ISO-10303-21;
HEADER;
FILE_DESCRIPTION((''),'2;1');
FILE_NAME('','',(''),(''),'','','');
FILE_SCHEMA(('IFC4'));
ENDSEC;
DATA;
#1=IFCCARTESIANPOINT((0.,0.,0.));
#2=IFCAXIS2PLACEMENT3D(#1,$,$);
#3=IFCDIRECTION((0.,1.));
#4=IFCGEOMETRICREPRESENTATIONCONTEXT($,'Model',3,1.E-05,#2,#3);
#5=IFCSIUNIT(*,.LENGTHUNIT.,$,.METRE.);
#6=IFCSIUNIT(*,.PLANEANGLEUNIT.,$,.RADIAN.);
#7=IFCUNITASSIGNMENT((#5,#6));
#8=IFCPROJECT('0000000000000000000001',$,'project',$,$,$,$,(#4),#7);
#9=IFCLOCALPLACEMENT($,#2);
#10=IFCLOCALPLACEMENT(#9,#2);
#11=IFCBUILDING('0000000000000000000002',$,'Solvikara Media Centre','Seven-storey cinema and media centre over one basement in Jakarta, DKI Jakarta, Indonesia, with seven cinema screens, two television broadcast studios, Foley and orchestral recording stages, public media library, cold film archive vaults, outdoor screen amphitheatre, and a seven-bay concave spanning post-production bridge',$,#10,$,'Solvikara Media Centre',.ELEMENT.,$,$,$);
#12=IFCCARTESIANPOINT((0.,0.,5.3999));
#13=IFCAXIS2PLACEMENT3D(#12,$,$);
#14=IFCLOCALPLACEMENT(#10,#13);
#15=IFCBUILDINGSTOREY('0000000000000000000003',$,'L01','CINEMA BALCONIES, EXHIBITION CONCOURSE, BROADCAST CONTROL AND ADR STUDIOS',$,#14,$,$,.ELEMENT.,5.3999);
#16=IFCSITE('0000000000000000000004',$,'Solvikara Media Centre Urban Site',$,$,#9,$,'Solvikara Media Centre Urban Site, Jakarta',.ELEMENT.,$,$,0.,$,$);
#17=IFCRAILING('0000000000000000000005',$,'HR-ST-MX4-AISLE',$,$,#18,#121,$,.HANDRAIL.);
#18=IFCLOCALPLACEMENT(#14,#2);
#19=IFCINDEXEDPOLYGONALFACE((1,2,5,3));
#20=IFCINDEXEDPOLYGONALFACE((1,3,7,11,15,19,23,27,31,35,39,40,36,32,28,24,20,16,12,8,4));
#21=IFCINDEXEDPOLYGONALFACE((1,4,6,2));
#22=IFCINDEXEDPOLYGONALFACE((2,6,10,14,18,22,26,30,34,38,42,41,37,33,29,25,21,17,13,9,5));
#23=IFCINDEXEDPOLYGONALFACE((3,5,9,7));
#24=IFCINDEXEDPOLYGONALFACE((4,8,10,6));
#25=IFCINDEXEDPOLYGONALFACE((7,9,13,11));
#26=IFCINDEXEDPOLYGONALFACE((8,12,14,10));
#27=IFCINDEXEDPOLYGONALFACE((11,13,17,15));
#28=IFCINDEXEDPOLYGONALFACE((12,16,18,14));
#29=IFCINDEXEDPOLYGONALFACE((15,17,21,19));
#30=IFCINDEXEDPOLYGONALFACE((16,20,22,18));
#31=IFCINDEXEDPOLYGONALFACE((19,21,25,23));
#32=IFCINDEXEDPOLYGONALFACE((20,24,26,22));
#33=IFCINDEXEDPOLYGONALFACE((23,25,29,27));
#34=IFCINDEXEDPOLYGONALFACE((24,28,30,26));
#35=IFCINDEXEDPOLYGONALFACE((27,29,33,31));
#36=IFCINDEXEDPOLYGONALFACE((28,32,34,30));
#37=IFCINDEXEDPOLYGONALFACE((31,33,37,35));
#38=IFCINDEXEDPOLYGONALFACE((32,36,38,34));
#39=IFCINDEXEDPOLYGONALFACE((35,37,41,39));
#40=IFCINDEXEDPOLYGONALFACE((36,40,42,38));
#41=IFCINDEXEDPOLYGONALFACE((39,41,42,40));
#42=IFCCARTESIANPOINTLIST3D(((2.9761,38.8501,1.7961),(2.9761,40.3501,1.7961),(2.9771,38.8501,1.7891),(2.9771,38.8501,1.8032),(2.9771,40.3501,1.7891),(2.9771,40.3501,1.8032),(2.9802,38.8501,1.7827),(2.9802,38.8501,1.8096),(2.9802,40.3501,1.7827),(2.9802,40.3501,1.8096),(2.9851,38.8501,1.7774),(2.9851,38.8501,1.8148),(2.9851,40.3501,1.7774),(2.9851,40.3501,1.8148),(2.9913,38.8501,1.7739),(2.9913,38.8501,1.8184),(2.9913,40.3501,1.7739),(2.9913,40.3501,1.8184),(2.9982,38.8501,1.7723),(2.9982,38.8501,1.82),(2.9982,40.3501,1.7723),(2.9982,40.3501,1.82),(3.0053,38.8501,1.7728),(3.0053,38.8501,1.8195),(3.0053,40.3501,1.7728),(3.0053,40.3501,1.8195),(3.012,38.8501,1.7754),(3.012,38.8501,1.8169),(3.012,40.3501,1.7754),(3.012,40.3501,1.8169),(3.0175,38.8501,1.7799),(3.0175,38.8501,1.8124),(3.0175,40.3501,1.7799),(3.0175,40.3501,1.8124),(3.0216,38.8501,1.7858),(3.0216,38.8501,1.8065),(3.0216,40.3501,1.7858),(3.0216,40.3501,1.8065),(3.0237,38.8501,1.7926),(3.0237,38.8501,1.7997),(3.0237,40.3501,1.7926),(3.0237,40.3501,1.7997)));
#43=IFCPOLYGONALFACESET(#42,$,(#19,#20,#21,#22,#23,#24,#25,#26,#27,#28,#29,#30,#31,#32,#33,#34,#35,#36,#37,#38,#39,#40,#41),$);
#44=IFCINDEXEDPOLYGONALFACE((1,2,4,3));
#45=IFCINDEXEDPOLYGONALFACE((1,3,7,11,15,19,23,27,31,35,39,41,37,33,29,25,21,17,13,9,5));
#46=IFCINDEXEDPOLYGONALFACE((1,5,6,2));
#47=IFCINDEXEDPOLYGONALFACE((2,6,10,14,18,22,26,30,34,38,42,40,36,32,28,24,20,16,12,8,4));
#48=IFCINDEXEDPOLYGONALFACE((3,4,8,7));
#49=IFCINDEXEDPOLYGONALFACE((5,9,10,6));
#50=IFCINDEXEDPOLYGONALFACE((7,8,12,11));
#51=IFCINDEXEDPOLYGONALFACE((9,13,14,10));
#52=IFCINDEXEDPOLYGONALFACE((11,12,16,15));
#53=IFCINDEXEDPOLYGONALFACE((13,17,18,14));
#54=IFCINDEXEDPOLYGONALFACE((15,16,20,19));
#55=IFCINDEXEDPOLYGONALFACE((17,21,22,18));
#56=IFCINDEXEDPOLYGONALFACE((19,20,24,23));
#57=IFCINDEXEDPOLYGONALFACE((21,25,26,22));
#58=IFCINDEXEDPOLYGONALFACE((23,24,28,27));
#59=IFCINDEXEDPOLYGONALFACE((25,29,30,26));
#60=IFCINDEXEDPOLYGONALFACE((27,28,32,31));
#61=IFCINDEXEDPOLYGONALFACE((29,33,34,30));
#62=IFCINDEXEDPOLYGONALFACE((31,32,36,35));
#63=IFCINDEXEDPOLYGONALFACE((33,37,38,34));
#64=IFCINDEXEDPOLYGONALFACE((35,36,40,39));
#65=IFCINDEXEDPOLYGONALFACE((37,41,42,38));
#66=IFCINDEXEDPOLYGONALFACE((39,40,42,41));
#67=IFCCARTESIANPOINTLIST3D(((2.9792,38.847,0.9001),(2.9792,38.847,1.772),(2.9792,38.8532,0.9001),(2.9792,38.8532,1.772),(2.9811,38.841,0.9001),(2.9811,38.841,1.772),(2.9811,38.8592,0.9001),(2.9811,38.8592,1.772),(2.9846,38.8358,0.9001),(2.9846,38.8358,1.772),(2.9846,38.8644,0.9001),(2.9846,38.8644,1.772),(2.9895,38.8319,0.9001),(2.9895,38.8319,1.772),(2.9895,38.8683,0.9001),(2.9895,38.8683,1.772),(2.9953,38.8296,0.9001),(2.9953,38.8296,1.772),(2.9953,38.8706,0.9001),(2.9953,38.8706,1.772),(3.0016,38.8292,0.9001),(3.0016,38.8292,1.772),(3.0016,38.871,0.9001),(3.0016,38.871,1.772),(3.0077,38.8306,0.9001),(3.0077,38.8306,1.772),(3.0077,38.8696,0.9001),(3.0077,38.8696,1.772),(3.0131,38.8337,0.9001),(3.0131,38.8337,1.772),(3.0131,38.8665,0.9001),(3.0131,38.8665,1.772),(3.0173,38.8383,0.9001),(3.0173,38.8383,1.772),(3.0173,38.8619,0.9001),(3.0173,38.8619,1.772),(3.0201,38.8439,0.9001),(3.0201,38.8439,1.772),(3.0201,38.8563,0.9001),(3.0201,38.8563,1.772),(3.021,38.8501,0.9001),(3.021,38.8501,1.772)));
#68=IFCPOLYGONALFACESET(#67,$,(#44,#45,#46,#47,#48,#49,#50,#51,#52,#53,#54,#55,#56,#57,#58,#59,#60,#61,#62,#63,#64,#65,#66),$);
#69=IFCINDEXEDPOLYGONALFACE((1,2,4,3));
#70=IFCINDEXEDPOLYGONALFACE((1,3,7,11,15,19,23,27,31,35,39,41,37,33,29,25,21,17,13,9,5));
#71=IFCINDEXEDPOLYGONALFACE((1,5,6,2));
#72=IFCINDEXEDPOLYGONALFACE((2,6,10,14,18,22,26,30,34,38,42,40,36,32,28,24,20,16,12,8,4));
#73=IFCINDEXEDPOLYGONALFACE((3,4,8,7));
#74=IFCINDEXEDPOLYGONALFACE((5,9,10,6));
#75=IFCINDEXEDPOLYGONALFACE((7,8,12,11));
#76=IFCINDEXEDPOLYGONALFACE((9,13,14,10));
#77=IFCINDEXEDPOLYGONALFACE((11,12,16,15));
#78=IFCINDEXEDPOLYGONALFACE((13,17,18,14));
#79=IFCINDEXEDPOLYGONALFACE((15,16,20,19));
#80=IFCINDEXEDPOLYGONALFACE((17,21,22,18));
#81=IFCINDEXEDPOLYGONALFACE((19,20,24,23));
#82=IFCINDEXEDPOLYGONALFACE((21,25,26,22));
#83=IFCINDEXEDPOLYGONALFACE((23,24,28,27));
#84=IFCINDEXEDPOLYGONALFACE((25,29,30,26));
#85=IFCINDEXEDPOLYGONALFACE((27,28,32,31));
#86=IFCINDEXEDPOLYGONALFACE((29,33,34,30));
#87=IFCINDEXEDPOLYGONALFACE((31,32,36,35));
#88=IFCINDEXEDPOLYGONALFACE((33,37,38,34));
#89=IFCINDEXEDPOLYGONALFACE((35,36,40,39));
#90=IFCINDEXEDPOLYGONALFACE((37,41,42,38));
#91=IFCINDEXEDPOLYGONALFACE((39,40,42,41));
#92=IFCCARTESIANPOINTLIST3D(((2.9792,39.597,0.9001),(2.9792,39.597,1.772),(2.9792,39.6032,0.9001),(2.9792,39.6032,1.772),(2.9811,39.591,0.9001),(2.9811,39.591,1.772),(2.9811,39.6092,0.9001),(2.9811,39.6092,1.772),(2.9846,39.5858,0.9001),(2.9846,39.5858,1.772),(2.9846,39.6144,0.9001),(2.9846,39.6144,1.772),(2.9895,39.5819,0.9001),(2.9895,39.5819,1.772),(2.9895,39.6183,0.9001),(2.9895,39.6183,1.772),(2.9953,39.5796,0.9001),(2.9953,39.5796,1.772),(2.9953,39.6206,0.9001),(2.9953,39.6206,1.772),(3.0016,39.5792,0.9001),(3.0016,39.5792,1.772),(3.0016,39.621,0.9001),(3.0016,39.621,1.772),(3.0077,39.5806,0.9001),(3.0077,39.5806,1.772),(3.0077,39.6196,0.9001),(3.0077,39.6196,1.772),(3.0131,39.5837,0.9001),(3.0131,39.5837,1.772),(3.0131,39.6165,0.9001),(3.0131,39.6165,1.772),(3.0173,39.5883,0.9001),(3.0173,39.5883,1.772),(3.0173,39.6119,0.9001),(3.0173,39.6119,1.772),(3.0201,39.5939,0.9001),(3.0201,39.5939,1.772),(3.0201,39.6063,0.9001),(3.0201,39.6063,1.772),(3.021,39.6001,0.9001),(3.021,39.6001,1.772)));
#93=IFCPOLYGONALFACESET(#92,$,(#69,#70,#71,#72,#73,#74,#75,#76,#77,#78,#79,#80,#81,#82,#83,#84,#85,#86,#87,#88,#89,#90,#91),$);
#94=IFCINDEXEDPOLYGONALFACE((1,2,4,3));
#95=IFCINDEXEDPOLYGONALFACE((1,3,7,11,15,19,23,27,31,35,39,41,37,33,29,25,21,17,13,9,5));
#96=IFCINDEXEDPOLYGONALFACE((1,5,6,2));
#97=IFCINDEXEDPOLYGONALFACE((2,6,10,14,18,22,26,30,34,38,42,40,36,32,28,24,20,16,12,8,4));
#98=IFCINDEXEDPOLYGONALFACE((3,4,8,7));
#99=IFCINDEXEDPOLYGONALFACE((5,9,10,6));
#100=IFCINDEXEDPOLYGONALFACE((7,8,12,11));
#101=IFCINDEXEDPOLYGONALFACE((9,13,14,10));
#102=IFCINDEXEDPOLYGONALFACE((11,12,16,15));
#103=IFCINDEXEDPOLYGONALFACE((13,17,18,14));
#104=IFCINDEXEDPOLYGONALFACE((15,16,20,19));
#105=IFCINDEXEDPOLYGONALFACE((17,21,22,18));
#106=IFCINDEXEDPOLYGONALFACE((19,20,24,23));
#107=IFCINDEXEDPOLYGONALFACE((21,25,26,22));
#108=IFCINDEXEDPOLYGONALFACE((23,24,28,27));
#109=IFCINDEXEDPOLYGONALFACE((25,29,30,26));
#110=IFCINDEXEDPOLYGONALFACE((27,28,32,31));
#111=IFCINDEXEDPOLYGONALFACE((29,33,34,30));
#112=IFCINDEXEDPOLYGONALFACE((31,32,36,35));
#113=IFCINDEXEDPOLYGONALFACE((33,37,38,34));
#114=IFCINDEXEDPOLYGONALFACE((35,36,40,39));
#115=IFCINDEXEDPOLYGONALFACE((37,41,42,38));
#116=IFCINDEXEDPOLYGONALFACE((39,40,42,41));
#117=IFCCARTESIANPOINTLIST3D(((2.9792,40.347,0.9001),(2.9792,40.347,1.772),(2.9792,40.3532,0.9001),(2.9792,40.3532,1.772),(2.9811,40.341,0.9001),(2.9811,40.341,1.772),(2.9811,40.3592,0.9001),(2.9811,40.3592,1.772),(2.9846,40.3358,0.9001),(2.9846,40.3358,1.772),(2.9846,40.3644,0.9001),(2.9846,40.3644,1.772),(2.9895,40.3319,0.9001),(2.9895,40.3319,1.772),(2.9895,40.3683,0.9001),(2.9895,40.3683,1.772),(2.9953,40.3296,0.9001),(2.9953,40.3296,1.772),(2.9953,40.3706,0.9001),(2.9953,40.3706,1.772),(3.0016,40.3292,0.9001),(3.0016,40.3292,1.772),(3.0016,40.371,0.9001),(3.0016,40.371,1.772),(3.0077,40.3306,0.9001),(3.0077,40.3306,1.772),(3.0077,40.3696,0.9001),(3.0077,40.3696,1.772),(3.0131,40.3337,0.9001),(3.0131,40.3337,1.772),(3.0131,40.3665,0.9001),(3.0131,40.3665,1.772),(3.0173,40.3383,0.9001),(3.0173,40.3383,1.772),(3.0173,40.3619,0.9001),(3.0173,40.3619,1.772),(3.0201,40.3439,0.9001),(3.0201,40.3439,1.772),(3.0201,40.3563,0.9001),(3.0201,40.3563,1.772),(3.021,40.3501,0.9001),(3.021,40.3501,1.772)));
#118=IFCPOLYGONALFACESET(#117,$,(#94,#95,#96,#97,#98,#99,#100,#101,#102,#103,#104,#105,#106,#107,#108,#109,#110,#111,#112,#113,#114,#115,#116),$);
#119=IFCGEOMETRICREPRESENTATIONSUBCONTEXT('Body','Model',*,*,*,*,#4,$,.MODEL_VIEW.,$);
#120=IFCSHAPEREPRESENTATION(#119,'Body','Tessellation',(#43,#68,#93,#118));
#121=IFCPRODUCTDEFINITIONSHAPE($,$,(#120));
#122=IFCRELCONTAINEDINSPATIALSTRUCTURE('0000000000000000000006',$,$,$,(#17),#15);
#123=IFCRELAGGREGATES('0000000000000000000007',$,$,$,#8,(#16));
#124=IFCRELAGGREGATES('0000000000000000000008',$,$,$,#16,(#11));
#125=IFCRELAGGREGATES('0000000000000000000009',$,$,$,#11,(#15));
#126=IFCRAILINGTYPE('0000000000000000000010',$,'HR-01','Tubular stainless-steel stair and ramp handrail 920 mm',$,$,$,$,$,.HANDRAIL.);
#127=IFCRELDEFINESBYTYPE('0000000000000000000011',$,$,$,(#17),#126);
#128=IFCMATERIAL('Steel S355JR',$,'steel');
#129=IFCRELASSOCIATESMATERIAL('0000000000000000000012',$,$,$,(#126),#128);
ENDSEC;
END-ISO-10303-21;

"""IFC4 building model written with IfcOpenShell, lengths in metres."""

from ifc_helpers import new_model, si_unit, direction, frame, origin, origin_2d, place, context, subcontext, project, spatial, circle, extrude, material, type_object, element, save


model = new_model("IFC4")

# Units and contexts
model_context = context("Model", 3, precision=1e-05, world=origin(), true_north=direction((0.0, 1.0)))
body_context = subcontext(model_context, "Body", "Model", "MODEL_VIEW")
ifc_project = project(units=[si_unit("LENGTHUNIT", "METRE"), si_unit("PLANEANGLEUNIT", "RADIAN")], contexts=[model_context])

# Site, building, storey
site_placement = place(None, origin())
site = spatial("IfcSite", under=ifc_project, at=site_placement, Name="Solvikara Media Centre Urban Site", LongName="Solvikara Media Centre Urban Site, Jakarta", CompositionType="ELEMENT", RefElevation=0.0)
building_placement = place(site_placement, origin())
building = spatial("IfcBuilding", under=site, at=building_placement, Name="Solvikara Media Centre", Description="Seven-storey cinema and media centre over one basement in Jakarta, DKI Jakarta, Indonesia, with seven cinema screens, two television broadcast studios, Foley and orchestral recording stages, public media library, cold film archive vaults, outdoor screen amphitheatre, and a seven-bay concave spanning post-production bridge", LongName="Solvikara Media Centre", CompositionType="ELEMENT")
storey_placement = place(building_placement, frame((0.0, 0.0, 5.3999)))
storey = spatial("IfcBuildingStorey", under=building, at=storey_placement, Name="L01", Description="CINEMA BALCONIES, EXHIBITION CONCOURSE, BROADCAST CONTROL AND ADR STUDIOS", CompositionType="ELEMENT", Elevation=5.3999)

# Shared definitions
ifc_material_1 = material(Name="Steel S355JR", Category="steel")

# Railing
railing_type = type_object("IfcRailingType", Name="HR-01", Description="Tubular stainless-steel stair and ramp handrail 920 mm", PredefinedType="HANDRAIL", material=ifc_material_1)
railing_placement = place(storey_placement, frame((3.0, 38.8501, 0.9001)))
element("IfcRailing", 1, at=railing_placement, inside=storey, type_object=railing_type, Name="HR-ST-MX4-AISLE", PredefinedType="HANDRAIL", context=body_context, shape_type="SweptSolid", body=[
    extrude(circle(Radius=0.0239, at=origin_2d()), frame((0.0, 0.0, 0.896), z_axis=(0.0, 1.0, 0.0), x_axis=(-1.0, 0.0, 0.0)), (0.0, 0.0, 1.0), 1.5),
    extrude(circle(Radius=0.021, at=origin_2d()), origin(), (0.0, 0.0, 1.0), 0.8718),
    extrude(circle(Radius=0.021, at=origin_2d()), frame((0.0, 0.75, 0.0)), (0.0, 0.0, 1.0), 0.8718),
    extrude(circle(Radius=0.021, at=origin_2d()), frame((0.0, 1.5, 0.0)), (0.0, 0.0, 1.0), 0.8718),
])

save(model, "model.ifc")
